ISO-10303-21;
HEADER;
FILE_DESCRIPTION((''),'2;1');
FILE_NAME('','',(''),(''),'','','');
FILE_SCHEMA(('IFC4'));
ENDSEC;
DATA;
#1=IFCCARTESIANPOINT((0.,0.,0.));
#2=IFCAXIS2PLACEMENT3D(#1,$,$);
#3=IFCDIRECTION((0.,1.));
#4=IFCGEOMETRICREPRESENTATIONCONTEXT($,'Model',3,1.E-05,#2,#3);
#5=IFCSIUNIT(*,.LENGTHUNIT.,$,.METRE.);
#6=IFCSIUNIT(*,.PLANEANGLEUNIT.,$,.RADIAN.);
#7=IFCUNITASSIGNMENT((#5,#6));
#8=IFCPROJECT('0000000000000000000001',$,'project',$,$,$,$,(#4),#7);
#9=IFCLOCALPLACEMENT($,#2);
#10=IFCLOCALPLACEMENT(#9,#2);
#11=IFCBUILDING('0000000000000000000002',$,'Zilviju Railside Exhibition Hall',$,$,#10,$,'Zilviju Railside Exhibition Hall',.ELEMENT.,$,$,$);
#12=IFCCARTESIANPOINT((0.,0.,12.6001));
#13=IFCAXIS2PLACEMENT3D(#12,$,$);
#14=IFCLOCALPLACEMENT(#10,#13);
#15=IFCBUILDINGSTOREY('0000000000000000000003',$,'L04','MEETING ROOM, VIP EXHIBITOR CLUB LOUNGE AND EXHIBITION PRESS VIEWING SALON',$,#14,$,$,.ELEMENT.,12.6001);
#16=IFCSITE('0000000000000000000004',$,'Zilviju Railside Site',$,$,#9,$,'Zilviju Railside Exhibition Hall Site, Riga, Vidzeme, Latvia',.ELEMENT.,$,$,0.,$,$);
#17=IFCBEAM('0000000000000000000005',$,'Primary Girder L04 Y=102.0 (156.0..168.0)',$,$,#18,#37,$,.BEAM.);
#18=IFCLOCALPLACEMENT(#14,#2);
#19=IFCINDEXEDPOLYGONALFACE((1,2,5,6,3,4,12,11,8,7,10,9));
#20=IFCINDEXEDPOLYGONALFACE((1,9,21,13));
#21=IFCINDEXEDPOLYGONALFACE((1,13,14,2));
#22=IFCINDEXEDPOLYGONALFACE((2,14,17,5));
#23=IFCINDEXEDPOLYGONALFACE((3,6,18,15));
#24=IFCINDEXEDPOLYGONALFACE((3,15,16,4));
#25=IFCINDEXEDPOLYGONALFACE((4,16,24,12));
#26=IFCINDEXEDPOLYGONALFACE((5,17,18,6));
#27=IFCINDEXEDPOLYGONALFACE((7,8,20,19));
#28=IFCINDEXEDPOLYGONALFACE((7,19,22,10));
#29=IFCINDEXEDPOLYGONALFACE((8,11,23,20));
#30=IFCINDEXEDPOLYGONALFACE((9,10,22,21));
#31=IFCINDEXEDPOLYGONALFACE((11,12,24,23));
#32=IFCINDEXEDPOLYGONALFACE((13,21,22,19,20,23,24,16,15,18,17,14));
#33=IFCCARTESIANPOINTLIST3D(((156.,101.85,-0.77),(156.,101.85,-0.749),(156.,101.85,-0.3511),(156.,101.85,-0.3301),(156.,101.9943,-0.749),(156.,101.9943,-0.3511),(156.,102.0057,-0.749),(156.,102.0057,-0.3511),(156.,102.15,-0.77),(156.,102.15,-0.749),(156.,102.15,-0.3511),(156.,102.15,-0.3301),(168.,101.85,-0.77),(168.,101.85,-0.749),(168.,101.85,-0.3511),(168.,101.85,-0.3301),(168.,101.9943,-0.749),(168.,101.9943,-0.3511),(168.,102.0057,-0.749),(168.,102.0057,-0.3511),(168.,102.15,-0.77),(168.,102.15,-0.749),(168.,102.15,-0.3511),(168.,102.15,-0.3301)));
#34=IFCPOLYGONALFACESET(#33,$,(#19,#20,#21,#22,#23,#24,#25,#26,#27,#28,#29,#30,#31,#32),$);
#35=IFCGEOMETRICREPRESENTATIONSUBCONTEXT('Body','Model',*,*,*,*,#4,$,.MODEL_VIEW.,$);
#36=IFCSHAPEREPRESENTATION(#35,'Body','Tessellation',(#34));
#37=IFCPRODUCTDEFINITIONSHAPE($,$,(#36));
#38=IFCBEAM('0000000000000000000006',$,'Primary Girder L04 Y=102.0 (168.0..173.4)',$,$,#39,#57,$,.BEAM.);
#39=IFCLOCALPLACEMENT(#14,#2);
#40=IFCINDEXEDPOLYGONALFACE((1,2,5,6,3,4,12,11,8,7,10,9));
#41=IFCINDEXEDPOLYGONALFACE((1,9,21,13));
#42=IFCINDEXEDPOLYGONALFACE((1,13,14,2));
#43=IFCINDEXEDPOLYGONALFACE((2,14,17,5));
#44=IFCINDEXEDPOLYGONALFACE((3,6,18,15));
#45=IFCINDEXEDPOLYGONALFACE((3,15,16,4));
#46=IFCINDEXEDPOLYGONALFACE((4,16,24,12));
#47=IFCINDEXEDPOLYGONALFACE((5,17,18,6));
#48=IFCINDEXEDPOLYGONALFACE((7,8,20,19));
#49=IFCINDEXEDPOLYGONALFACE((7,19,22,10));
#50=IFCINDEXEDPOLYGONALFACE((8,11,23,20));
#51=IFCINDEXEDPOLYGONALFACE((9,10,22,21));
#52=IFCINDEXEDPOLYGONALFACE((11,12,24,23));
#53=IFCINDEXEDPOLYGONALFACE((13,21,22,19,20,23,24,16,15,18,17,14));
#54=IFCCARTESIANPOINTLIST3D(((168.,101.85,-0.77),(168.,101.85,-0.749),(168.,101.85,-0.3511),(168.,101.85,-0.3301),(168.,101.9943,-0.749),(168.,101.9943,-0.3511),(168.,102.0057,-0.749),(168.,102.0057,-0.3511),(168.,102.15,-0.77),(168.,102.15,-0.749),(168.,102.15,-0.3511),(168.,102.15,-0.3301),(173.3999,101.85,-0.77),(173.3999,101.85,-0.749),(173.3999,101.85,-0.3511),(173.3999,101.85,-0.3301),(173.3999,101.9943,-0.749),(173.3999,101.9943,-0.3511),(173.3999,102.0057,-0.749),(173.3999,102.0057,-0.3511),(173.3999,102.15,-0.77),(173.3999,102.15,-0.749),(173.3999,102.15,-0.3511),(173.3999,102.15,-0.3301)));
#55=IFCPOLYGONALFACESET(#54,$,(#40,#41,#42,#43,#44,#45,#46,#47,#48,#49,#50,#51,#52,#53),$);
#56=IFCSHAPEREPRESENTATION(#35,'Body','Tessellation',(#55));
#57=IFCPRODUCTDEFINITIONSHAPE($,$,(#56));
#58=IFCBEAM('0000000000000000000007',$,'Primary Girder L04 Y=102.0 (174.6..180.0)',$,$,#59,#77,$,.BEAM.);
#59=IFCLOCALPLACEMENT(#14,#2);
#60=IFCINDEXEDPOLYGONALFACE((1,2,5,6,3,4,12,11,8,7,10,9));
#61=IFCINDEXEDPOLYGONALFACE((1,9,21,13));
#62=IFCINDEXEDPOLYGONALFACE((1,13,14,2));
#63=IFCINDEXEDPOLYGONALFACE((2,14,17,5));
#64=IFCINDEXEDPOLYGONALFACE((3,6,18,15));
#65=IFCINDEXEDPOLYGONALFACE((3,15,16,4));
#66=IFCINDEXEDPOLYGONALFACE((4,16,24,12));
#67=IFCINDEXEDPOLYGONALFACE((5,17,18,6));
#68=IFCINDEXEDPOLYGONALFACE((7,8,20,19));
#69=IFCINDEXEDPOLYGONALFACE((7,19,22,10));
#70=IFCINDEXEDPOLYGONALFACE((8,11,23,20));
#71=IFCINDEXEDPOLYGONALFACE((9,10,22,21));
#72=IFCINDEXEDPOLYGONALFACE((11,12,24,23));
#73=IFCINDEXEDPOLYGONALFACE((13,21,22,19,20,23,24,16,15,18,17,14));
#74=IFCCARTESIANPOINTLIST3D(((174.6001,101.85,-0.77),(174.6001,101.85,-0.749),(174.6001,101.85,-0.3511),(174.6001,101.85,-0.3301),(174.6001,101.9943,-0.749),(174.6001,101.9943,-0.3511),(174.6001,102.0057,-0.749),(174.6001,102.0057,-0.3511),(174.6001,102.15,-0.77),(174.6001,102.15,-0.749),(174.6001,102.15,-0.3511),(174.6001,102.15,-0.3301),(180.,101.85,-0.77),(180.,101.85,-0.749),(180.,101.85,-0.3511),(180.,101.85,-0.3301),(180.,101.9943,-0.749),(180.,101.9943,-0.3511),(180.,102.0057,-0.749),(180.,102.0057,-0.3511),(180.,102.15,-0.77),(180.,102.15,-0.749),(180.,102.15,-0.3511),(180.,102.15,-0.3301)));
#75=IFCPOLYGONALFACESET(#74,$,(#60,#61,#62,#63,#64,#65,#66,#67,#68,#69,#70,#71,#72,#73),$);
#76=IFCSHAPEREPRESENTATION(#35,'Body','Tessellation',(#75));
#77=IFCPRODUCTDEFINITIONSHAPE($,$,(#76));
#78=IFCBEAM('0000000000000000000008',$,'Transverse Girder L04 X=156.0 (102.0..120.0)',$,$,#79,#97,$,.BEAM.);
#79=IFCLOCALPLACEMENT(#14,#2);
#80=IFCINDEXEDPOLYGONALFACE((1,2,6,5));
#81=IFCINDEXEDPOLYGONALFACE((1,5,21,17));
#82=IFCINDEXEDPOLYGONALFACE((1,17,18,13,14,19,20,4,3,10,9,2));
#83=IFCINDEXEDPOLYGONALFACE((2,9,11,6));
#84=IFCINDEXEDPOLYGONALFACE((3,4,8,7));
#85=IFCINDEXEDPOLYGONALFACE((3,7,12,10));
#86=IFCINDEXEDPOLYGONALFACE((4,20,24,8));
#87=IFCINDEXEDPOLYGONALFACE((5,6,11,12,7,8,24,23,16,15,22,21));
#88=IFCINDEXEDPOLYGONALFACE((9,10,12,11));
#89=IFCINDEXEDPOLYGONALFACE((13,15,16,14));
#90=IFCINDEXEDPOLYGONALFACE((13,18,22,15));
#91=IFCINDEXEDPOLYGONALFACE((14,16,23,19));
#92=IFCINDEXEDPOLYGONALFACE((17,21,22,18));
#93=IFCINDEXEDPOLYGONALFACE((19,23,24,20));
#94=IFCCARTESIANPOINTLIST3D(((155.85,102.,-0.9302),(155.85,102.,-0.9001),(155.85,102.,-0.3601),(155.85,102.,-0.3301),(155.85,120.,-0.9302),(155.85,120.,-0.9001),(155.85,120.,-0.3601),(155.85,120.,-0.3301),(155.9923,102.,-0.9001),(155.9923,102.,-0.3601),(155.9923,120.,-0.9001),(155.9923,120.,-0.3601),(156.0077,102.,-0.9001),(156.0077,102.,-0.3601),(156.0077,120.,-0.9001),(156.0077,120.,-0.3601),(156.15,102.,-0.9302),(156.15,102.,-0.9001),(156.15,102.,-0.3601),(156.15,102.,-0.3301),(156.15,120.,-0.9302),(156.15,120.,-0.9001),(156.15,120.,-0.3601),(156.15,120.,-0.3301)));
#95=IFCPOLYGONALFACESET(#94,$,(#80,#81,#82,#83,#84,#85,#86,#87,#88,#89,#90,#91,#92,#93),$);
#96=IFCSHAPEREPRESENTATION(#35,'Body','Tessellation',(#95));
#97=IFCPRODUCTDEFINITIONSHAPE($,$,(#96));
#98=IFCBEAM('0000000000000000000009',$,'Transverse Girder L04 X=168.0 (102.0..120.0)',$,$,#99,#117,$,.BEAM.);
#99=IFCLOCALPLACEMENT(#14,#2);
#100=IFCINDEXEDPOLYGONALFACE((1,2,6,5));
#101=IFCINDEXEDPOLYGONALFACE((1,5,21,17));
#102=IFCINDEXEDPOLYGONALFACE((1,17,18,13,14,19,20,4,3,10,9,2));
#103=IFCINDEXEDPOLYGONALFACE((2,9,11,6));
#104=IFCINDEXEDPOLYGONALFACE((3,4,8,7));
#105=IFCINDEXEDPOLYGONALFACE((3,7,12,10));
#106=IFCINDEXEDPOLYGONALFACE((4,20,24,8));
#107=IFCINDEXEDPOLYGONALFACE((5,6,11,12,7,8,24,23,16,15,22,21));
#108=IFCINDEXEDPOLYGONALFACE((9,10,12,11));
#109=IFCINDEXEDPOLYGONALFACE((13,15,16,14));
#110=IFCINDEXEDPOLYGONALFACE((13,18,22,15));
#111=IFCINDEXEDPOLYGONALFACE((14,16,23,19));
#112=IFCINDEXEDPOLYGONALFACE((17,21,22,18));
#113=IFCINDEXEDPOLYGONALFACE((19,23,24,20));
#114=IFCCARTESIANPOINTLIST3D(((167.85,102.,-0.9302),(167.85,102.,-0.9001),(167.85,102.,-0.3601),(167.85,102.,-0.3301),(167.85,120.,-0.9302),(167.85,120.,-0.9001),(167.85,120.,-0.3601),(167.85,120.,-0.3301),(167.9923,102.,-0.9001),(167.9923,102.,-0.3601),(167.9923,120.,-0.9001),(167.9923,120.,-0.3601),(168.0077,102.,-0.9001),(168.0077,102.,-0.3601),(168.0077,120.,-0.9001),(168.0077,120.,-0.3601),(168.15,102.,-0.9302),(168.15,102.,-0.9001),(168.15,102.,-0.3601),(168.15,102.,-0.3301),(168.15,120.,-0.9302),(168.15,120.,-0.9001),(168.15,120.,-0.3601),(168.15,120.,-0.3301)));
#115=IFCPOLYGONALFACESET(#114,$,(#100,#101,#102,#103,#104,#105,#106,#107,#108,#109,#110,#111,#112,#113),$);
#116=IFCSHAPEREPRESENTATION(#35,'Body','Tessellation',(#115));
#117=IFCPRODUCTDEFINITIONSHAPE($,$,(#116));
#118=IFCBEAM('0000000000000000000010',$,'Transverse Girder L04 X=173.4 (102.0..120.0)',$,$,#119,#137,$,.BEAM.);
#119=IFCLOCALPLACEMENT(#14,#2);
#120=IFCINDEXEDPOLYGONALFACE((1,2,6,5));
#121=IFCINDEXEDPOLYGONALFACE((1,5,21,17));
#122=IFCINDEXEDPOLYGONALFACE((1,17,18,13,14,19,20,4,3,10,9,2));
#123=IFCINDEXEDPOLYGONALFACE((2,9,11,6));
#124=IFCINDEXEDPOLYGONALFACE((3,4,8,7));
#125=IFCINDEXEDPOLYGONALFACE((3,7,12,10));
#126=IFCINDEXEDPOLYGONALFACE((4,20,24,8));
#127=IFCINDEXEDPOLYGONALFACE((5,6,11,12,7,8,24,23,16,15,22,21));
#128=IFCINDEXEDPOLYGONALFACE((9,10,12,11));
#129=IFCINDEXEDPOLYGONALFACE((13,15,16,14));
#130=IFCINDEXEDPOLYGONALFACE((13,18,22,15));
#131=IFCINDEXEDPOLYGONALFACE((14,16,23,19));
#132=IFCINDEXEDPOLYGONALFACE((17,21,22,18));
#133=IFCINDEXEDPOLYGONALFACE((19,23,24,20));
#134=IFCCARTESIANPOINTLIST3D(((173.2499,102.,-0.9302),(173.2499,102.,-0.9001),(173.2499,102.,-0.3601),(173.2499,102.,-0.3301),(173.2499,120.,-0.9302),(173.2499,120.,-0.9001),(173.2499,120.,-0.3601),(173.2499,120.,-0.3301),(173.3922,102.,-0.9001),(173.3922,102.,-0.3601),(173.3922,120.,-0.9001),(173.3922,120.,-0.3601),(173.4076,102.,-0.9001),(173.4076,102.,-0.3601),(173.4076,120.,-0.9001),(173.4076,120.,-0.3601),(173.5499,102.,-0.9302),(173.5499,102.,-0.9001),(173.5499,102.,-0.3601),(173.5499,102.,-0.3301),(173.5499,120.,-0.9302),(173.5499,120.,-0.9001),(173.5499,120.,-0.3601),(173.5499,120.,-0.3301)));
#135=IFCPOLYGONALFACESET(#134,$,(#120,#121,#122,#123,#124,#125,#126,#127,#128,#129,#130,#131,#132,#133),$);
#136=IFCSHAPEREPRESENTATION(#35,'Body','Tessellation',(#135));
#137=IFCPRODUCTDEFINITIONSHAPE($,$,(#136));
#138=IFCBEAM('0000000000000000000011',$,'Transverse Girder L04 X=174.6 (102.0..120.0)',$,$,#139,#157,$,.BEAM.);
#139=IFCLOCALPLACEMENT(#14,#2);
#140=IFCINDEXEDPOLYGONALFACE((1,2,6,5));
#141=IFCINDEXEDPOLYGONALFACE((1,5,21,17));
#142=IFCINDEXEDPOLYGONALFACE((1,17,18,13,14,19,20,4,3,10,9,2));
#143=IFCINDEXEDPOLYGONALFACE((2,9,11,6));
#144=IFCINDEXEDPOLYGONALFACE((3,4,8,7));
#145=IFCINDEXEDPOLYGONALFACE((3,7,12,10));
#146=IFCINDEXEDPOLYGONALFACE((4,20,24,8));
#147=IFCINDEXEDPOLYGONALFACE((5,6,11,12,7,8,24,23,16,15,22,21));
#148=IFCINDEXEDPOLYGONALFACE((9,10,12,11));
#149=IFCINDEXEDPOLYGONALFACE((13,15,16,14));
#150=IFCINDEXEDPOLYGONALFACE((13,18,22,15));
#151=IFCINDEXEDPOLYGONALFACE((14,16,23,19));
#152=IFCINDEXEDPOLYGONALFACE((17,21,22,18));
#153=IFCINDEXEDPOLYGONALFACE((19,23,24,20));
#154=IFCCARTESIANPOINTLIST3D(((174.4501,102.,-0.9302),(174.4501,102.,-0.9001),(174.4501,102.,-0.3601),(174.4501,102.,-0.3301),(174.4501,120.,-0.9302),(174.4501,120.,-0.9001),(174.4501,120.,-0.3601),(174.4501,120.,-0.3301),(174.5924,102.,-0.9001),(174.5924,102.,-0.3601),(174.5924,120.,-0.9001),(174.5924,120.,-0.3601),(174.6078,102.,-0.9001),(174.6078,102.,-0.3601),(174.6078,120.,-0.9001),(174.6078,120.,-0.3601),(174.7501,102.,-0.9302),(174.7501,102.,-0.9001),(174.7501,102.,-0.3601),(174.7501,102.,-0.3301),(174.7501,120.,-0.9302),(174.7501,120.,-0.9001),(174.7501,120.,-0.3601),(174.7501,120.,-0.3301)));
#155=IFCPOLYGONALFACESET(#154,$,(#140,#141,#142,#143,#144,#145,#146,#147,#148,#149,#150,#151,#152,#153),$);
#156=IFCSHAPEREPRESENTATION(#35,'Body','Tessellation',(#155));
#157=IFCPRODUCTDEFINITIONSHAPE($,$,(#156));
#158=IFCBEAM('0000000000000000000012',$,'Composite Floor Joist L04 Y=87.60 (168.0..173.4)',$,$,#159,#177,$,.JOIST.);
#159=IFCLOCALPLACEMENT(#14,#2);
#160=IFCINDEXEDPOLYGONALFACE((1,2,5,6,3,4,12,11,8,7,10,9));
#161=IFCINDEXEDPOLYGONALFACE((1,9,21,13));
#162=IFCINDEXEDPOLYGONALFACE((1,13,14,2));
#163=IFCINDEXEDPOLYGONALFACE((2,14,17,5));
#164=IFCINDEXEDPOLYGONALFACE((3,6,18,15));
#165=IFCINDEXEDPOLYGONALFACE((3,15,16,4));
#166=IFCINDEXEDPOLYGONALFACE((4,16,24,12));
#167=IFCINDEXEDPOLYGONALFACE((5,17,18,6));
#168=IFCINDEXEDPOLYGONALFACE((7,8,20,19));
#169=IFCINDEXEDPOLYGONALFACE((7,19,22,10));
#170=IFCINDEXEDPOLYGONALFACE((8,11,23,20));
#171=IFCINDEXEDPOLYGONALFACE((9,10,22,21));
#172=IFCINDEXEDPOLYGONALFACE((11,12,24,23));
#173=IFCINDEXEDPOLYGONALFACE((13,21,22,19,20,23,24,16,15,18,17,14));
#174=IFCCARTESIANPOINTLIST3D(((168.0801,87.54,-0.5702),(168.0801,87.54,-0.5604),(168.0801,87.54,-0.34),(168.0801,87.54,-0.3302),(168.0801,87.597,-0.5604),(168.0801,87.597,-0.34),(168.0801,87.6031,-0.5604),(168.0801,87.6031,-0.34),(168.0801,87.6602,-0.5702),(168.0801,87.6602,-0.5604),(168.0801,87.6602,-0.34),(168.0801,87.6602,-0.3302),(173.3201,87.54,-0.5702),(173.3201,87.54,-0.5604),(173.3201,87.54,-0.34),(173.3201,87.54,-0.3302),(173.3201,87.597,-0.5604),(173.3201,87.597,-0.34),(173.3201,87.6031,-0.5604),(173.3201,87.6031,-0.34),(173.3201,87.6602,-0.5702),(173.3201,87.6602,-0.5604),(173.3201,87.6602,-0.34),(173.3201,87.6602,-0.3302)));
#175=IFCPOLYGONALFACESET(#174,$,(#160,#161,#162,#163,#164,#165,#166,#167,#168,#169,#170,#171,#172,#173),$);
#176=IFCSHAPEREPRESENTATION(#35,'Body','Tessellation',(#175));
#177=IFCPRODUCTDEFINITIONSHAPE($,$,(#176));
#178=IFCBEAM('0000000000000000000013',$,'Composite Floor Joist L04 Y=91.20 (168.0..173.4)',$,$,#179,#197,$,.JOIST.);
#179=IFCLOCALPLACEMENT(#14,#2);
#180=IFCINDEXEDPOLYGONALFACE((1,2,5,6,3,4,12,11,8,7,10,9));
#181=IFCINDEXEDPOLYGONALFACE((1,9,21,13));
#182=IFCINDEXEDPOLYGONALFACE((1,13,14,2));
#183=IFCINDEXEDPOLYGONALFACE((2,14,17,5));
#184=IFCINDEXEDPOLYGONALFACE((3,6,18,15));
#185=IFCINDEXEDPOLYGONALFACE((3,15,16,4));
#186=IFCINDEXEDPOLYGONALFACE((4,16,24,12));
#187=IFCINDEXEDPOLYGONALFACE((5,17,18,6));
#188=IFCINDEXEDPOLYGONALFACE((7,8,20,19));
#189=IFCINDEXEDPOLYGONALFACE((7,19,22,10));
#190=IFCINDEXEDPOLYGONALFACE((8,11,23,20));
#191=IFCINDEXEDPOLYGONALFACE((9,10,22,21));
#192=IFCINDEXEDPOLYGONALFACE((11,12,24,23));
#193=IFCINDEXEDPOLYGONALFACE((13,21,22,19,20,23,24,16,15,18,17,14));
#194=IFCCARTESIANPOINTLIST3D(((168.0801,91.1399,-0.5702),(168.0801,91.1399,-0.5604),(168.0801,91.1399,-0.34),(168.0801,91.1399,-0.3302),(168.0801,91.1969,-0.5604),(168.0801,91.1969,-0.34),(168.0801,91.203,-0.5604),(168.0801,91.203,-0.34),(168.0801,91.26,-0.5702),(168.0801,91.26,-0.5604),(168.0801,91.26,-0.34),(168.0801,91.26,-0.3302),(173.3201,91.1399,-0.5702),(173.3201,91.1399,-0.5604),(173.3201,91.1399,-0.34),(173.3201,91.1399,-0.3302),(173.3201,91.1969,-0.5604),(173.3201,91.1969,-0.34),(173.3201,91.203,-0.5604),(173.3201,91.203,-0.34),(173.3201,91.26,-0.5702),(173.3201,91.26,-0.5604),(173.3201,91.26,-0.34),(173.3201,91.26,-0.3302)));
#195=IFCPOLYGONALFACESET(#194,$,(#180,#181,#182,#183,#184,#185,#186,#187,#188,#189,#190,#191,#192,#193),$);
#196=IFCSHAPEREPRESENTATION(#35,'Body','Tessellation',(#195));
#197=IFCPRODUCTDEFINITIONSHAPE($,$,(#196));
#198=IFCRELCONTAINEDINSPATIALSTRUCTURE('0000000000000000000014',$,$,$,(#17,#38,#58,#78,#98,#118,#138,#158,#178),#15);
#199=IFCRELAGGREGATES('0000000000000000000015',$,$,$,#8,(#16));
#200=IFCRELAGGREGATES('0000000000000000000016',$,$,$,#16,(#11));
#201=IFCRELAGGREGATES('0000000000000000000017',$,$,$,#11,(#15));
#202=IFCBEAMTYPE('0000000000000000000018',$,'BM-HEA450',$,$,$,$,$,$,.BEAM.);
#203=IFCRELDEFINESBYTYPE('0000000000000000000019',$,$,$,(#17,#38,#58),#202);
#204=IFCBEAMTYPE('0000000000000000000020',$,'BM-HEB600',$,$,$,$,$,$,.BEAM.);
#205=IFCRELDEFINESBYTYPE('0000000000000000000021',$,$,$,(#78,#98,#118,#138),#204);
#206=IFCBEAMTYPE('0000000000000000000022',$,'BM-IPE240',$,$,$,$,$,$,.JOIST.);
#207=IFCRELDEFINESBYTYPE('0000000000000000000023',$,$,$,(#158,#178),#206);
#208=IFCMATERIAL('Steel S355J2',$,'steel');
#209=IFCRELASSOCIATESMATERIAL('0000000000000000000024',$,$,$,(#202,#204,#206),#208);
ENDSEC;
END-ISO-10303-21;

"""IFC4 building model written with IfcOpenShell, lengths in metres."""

from ifc_helpers import new_model, si_unit, direction, frame, origin, origin_2d, place, context, subcontext, project, spatial, i_section, extrude, material, material_profile, profile_set, type_object, element, save


model = new_model("IFC4")

# Units and contexts
model_context = context("Model", 3, precision=1e-05, world=origin(), true_north=direction((0.0, 1.0)))
body_context = subcontext(model_context, "Body", "Model", "MODEL_VIEW")
ifc_project = project(units=[si_unit("LENGTHUNIT", "METRE"), si_unit("PLANEANGLEUNIT", "RADIAN")], contexts=[model_context])

# Site, building, storey
site_placement = place(None, origin())
site = spatial("IfcSite", under=ifc_project, at=site_placement, Name="Zilviju Railside Site", LongName="Zilviju Railside Exhibition Hall Site, Riga, Vidzeme, Latvia", CompositionType="ELEMENT", RefElevation=0.0)
building_placement = place(site_placement, origin())
building = spatial("IfcBuilding", under=site, at=building_placement, Name="Zilviju Railside Exhibition Hall", LongName="Zilviju Railside Exhibition Hall", CompositionType="ELEMENT")
storey_placement = place(building_placement, frame((0.0, 0.0, 12.6001)))
storey = spatial("IfcBuildingStorey", under=building, at=storey_placement, Name="L04", Description="MEETING ROOM, VIP EXHIBITOR CLUB LOUNGE AND EXHIBITION PRESS VIEWING SALON", CompositionType="ELEMENT", Elevation=12.6001)

# Beams
ifc_material_1 = material(Name="Steel S355J2", Category="steel")
ifc_material_profile_1 = material_profile(ifc_material_1, i_section(OverallWidth=0.3, OverallDepth=0.4399, WebThickness=0.0115, FlangeThickness=0.021, at=origin_2d()), Name="HEA 450")
ifc_profile_set_1 = profile_set([ifc_material_profile_1], Name="Steel S355J2")
beam_type_1 = type_object("IfcBeamType", Name="BM-HEA450", PredefinedType="BEAM", material=ifc_profile_set_1)
beam_placement = place(storey_placement, frame((156.0, 102.0, -0.55), z_axis=(1.0, 0.0, 0.0), x_axis=(0.0, 1.0, 0.0)))
element("IfcBeam", 1, at=beam_placement, inside=storey, type_object=beam_type_1, Name="Primary Girder L04 Y=102.0 (156.0..168.0)", PredefinedType="BEAM", context=body_context, shape_type="SweptSolid", body=[
    extrude(i_section(OverallWidth=0.3, OverallDepth=0.4399, WebThickness=0.0115, FlangeThickness=0.021, at=origin_2d()), origin(), (0.0, 0.0, 1.0), 12.0),
])
for number, where, z_axis, x_axis, name in (
    (2, (168.0, 102.0, -0.55), (1.0, 0.0, 0.0), (0.0, 1.0, 0.0), "Primary Girder L04 Y=102.0 (168.0..173.4)"),
    (3, (174.6001, 102.0, -0.55), (1.0, 0.0, 0.0), (0.0, 1.0, 0.0), "Primary Girder L04 Y=102.0 (174.6..180.0)"),
):
    element("IfcBeam", number, at=place(storey_placement, frame(where, z_axis=z_axis, x_axis=x_axis)), inside=storey, type_object=beam_type_1, Name=name, PredefinedType="BEAM", context=body_context, shape_type="SweptSolid", body=[
        extrude(i_section(OverallWidth=0.3, OverallDepth=0.4399, WebThickness=0.0115, FlangeThickness=0.021, at=origin_2d()), origin(), (0.0, 0.0, 1.0), 5.3999),
    ])
ifc_material_profile_2 = material_profile(ifc_material_1, i_section(OverallWidth=0.3, OverallDepth=0.6001, WebThickness=0.0154, FlangeThickness=0.03, at=origin_2d()), Name="HEB 600")
ifc_profile_set_2 = profile_set([ifc_material_profile_2], Name="Steel S355J2")
beam_type_2 = type_object("IfcBeamType", Name="BM-HEB600", PredefinedType="BEAM", material=ifc_profile_set_2)
for number, where, z_axis, x_axis, name in (
    (4, (156.0, 102.0, -0.6301), (0.0, 1.0, 0.0), (-1.0, 0.0, 0.0), "Transverse Girder L04 X=156.0 (102.0..120.0)"),
    (5, (168.0, 102.0, -0.6301), (0.0, 1.0, 0.0), (-1.0, 0.0, 0.0), "Transverse Girder L04 X=168.0 (102.0..120.0)"),
    (6, (173.3999, 102.0, -0.6301), (0.0, 1.0, 0.0), (-1.0, 0.0, 0.0), "Transverse Girder L04 X=173.4 (102.0..120.0)"),
    (7, (174.6001, 102.0, -0.6301), (0.0, 1.0, 0.0), (-1.0, 0.0, 0.0), "Transverse Girder L04 X=174.6 (102.0..120.0)"),
):
    element("IfcBeam", number, at=place(storey_placement, frame(where, z_axis=z_axis, x_axis=x_axis)), inside=storey, type_object=beam_type_2, Name=name, PredefinedType="BEAM", context=body_context, shape_type="SweptSolid", body=[
        extrude(i_section(OverallWidth=0.3, OverallDepth=0.6001, WebThickness=0.0154, FlangeThickness=0.03, at=origin_2d()), origin(), (0.0, 0.0, 1.0), 18.0),
    ])
ifc_material_profile_3 = material_profile(ifc_material_1, i_section(OverallWidth=0.1201, OverallDepth=0.24, WebThickness=0.0061, FlangeThickness=0.0098, at=origin_2d()), Name="IPE 240")
ifc_profile_set_3 = profile_set([ifc_material_profile_3], Name="Steel S355J2")
beam_type_3 = type_object("IfcBeamType", Name="BM-IPE240", PredefinedType="JOIST", material=ifc_profile_set_3)
for number, where, z_axis, x_axis, name in (
    (8, (168.0801, 87.6001, -0.4502), (1.0, 0.0, 0.0), (0.0, 1.0, 0.0), "Composite Floor Joist L04 Y=87.60 (168.0..173.4)"),
    (9, (168.0801, 91.2, -0.4502), (1.0, 0.0, 0.0), (0.0, 1.0, 0.0), "Composite Floor Joist L04 Y=91.20 (168.0..173.4)"),
):
    element("IfcBeam", number, at=place(storey_placement, frame(where, z_axis=z_axis, x_axis=x_axis)), inside=storey, type_object=beam_type_3, Name=name, PredefinedType="JOIST", context=body_context, shape_type="SweptSolid", body=[
        extrude(i_section(OverallWidth=0.1201, OverallDepth=0.24, WebThickness=0.0061, FlangeThickness=0.0098, at=origin_2d()), origin(), (0.0, 0.0, 1.0), 5.24),
    ])

save(model, "model.ifc")
